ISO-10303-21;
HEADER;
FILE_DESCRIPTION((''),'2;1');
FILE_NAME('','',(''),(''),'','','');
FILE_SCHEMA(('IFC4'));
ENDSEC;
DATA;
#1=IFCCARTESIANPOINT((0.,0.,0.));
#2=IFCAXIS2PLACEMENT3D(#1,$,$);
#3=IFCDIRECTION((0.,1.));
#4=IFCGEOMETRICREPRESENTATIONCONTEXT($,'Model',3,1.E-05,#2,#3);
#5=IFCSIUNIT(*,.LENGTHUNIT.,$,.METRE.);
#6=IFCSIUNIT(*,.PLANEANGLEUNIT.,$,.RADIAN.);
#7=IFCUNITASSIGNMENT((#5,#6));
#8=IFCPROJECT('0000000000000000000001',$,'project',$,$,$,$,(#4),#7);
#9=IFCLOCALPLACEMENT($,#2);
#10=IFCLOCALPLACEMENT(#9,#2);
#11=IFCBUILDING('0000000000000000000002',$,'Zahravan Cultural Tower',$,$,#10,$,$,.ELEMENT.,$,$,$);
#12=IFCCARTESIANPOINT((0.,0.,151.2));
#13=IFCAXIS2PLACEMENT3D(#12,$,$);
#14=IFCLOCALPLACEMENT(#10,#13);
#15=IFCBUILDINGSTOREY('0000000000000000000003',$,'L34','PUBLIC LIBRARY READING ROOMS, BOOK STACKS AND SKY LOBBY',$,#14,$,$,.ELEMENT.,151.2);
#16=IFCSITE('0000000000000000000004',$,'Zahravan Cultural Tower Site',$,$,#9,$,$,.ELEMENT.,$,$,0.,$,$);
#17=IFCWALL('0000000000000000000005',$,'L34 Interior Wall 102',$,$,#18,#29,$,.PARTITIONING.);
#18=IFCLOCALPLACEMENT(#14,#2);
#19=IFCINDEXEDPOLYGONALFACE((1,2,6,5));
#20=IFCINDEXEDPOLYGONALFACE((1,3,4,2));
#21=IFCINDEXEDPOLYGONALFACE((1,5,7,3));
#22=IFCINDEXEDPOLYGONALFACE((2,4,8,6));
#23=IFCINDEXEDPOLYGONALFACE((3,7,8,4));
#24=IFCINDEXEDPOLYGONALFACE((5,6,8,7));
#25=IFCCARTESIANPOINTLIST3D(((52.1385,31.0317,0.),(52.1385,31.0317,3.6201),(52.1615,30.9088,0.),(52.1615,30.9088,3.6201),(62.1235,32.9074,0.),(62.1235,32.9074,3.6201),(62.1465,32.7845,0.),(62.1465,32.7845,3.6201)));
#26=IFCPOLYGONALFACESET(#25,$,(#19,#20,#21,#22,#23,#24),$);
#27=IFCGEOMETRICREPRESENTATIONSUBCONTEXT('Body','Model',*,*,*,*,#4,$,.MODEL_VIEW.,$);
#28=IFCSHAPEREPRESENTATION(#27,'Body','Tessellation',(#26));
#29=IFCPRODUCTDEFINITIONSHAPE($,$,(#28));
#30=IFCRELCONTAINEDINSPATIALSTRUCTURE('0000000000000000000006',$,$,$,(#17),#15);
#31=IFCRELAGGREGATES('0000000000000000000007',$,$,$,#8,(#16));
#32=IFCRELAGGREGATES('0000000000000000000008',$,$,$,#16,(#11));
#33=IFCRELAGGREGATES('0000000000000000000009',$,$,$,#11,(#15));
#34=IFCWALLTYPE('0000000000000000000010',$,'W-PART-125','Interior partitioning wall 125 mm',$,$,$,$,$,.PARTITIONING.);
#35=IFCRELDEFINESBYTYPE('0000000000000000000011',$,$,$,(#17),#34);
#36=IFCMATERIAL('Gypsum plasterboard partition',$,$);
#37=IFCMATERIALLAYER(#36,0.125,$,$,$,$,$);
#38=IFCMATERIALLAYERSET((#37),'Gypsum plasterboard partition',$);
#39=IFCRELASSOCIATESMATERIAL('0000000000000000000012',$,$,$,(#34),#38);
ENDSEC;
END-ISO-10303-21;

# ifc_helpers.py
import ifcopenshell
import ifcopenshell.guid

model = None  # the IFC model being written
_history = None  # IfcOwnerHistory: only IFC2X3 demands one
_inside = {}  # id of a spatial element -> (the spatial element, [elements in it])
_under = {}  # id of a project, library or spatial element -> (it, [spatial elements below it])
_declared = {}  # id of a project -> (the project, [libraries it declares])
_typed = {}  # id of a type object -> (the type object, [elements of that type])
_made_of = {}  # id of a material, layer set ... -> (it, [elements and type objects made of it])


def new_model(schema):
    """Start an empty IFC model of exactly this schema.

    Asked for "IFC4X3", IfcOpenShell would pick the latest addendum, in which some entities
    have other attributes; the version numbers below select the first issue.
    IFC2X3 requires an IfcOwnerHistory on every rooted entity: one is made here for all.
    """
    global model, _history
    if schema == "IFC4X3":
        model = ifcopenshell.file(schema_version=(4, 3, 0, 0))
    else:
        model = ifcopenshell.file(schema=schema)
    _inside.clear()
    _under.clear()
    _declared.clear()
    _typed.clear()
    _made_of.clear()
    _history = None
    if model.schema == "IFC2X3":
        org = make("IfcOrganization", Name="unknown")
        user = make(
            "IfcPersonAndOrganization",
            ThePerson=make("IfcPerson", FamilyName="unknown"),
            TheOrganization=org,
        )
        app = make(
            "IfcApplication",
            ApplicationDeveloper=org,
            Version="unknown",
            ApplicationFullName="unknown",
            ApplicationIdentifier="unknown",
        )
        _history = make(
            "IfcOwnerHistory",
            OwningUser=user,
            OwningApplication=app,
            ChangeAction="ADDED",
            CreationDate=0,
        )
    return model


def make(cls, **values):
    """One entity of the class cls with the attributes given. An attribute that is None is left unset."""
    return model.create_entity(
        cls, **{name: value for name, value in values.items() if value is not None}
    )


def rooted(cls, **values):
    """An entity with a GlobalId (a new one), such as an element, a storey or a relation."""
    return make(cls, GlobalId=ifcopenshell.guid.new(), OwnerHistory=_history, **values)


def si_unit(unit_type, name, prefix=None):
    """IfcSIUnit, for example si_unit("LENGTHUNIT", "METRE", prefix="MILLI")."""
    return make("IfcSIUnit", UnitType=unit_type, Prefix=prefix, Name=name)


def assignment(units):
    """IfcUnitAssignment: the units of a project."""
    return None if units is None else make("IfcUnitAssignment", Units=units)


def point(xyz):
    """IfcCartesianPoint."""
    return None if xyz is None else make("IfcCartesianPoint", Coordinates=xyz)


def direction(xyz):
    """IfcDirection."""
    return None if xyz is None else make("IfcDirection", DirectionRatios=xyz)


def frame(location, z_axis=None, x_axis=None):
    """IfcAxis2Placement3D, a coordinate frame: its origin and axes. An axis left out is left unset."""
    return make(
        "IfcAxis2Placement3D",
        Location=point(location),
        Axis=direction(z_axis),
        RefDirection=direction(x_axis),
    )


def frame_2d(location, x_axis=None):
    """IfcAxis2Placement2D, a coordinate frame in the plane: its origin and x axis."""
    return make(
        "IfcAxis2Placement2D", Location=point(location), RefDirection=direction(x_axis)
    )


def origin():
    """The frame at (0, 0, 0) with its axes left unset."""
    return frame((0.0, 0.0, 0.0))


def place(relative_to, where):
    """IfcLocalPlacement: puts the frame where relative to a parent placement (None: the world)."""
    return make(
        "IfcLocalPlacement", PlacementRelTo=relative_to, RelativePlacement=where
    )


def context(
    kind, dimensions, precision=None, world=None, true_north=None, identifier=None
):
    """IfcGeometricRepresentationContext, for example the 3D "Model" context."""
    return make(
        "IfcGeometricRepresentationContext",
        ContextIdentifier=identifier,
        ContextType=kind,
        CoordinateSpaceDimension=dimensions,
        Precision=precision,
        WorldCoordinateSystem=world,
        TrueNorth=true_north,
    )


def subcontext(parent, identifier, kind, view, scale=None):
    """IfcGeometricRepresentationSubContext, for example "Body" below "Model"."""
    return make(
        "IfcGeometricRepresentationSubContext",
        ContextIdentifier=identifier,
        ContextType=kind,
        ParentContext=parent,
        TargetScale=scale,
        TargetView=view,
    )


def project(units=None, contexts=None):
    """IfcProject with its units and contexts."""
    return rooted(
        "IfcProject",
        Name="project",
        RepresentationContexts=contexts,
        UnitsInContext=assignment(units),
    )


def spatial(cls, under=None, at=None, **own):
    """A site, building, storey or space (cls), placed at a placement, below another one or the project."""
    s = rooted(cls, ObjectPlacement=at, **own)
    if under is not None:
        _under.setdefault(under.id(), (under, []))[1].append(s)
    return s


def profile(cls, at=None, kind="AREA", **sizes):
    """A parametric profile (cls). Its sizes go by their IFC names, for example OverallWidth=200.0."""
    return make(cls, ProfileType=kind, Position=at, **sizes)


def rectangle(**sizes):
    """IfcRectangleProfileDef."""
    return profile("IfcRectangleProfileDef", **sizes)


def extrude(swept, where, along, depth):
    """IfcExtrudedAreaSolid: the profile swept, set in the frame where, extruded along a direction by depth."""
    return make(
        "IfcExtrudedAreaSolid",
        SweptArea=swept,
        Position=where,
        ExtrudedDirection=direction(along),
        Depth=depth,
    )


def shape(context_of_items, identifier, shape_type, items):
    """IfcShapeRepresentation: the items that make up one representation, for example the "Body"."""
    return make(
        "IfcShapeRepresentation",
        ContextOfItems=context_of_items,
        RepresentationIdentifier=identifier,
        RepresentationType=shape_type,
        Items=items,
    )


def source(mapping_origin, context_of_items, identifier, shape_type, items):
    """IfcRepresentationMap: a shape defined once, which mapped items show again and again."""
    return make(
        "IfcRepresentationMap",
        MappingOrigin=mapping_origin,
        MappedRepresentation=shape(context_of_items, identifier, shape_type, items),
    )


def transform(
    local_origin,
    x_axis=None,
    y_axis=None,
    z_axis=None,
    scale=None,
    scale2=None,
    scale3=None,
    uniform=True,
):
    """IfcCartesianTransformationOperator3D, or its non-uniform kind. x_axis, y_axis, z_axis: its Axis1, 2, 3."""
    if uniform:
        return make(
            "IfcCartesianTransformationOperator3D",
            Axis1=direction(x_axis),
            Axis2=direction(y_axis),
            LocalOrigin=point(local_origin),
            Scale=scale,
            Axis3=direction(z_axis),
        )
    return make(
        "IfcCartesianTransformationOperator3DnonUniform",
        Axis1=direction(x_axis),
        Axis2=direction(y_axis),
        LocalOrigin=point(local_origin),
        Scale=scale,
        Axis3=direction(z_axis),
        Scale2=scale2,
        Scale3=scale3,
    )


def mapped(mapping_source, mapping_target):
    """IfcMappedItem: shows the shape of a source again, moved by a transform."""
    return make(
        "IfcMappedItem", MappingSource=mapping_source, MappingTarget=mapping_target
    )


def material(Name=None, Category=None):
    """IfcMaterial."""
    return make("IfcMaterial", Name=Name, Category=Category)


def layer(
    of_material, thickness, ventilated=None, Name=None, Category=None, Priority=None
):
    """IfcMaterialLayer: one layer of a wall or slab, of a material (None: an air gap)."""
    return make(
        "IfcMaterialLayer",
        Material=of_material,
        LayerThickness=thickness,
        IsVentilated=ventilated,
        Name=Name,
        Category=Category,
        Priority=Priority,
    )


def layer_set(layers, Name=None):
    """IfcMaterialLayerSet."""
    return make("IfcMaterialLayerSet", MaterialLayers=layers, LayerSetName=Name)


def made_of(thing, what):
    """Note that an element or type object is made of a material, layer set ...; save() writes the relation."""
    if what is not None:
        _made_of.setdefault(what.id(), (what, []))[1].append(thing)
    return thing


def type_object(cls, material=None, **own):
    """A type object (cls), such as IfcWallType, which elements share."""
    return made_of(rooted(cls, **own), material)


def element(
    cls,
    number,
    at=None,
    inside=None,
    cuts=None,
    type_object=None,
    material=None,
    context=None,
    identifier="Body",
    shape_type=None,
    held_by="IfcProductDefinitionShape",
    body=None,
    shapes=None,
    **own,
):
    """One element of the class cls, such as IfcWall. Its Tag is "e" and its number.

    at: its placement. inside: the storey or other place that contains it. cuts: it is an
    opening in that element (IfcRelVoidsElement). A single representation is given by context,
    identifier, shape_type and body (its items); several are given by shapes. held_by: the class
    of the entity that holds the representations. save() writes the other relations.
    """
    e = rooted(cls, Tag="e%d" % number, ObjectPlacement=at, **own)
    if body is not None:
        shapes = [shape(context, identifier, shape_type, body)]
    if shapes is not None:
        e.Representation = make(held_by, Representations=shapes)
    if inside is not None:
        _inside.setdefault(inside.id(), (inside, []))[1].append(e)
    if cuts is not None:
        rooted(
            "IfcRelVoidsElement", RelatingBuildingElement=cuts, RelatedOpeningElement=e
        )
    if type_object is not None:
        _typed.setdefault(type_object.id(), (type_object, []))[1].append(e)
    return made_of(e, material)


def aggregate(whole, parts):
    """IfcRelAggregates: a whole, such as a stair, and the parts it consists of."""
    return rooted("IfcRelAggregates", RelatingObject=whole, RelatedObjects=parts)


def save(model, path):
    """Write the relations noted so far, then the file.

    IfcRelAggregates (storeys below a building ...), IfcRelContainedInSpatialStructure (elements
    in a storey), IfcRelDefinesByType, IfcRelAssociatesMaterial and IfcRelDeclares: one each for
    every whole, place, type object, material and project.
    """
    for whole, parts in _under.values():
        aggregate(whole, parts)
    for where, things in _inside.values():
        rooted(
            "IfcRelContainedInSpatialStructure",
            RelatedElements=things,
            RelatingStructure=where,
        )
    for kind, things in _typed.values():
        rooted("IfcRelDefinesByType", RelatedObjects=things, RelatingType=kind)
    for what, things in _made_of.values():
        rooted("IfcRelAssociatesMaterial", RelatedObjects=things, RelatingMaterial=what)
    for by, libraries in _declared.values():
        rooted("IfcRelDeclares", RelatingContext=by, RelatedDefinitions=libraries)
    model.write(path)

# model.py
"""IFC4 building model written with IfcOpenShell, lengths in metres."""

from ifc_helpers import new_model, si_unit, direction, frame, frame_2d, origin, place, context, subcontext, project, spatial, rectangle, extrude, source, transform, mapped, material, layer, layer_set, type_object, element, save


model = new_model("IFC4")

# Units and contexts
model_context = context("Model", 3, precision=1e-05, world=origin(), true_north=direction((0.0, 1.0)))
body_context = subcontext(model_context, "Body", "Model", "MODEL_VIEW")
ifc_project = project(units=[si_unit("LENGTHUNIT", "METRE"), si_unit("PLANEANGLEUNIT", "RADIAN")], contexts=[model_context])

# Site, building, storey
site_placement = place(None, origin())
site = spatial("IfcSite", under=ifc_project, at=site_placement, Name="Zahravan Cultural Tower Site", CompositionType="ELEMENT", RefElevation=0.0)
building_placement = place(site_placement, origin())
building = spatial("IfcBuilding", under=site, at=building_placement, Name="Zahravan Cultural Tower", CompositionType="ELEMENT")
storey_placement = place(building_placement, frame((0.0, 0.0, 151.2)))
storey = spatial("IfcBuildingStorey", under=building, at=storey_placement, Name="L34", Description="PUBLIC LIBRARY READING ROOMS, BOOK STACKS AND SKY LOBBY", CompositionType="ELEMENT", Elevation=151.2)

# Wall
ifc_material_1 = material(Name="Gypsum plasterboard partition")
ifc_layer_1 = layer(ifc_material_1, 0.125)
ifc_layer_set_1 = layer_set([ifc_layer_1], Name="Gypsum plasterboard partition")
wall_type_1 = type_object("IfcWallType", Name="W-PART-125", Description="Interior partitioning wall 125 mm", PredefinedType="PARTITIONING", material=ifc_layer_set_1)
shared_shape_1 = source(origin(), body_context, "Body", "SweptSolid", [
    extrude(rectangle(XDim=10.1597, YDim=0.125, at=frame_2d((5.0798, 0.0))), origin(), (0.0, 0.0, 1.0), 3.6201),
])
wall_1_placement = place(storey_placement, frame((62.135, 32.8459, 0.0), z_axis=(0.0, 0.0, 1.0), x_axis=(-0.982809, -0.184624, 0.0)))
element("IfcWall", 1, at=wall_1_placement, inside=storey, type_object=wall_type_1, Name="L34 Interior Wall 102", PredefinedType="PARTITIONING", context=body_context, shape_type="MappedRepresentation", body=[
    mapped(shared_shape_1, transform((0.0, 0.0, 0.0), x_axis=(1.0, 0.0, 0.0), y_axis=(0.0, 1.0, 0.0), z_axis=(0.0, 0.0, 1.0), scale=1.0)),
])

save(model, "model.ifc")
